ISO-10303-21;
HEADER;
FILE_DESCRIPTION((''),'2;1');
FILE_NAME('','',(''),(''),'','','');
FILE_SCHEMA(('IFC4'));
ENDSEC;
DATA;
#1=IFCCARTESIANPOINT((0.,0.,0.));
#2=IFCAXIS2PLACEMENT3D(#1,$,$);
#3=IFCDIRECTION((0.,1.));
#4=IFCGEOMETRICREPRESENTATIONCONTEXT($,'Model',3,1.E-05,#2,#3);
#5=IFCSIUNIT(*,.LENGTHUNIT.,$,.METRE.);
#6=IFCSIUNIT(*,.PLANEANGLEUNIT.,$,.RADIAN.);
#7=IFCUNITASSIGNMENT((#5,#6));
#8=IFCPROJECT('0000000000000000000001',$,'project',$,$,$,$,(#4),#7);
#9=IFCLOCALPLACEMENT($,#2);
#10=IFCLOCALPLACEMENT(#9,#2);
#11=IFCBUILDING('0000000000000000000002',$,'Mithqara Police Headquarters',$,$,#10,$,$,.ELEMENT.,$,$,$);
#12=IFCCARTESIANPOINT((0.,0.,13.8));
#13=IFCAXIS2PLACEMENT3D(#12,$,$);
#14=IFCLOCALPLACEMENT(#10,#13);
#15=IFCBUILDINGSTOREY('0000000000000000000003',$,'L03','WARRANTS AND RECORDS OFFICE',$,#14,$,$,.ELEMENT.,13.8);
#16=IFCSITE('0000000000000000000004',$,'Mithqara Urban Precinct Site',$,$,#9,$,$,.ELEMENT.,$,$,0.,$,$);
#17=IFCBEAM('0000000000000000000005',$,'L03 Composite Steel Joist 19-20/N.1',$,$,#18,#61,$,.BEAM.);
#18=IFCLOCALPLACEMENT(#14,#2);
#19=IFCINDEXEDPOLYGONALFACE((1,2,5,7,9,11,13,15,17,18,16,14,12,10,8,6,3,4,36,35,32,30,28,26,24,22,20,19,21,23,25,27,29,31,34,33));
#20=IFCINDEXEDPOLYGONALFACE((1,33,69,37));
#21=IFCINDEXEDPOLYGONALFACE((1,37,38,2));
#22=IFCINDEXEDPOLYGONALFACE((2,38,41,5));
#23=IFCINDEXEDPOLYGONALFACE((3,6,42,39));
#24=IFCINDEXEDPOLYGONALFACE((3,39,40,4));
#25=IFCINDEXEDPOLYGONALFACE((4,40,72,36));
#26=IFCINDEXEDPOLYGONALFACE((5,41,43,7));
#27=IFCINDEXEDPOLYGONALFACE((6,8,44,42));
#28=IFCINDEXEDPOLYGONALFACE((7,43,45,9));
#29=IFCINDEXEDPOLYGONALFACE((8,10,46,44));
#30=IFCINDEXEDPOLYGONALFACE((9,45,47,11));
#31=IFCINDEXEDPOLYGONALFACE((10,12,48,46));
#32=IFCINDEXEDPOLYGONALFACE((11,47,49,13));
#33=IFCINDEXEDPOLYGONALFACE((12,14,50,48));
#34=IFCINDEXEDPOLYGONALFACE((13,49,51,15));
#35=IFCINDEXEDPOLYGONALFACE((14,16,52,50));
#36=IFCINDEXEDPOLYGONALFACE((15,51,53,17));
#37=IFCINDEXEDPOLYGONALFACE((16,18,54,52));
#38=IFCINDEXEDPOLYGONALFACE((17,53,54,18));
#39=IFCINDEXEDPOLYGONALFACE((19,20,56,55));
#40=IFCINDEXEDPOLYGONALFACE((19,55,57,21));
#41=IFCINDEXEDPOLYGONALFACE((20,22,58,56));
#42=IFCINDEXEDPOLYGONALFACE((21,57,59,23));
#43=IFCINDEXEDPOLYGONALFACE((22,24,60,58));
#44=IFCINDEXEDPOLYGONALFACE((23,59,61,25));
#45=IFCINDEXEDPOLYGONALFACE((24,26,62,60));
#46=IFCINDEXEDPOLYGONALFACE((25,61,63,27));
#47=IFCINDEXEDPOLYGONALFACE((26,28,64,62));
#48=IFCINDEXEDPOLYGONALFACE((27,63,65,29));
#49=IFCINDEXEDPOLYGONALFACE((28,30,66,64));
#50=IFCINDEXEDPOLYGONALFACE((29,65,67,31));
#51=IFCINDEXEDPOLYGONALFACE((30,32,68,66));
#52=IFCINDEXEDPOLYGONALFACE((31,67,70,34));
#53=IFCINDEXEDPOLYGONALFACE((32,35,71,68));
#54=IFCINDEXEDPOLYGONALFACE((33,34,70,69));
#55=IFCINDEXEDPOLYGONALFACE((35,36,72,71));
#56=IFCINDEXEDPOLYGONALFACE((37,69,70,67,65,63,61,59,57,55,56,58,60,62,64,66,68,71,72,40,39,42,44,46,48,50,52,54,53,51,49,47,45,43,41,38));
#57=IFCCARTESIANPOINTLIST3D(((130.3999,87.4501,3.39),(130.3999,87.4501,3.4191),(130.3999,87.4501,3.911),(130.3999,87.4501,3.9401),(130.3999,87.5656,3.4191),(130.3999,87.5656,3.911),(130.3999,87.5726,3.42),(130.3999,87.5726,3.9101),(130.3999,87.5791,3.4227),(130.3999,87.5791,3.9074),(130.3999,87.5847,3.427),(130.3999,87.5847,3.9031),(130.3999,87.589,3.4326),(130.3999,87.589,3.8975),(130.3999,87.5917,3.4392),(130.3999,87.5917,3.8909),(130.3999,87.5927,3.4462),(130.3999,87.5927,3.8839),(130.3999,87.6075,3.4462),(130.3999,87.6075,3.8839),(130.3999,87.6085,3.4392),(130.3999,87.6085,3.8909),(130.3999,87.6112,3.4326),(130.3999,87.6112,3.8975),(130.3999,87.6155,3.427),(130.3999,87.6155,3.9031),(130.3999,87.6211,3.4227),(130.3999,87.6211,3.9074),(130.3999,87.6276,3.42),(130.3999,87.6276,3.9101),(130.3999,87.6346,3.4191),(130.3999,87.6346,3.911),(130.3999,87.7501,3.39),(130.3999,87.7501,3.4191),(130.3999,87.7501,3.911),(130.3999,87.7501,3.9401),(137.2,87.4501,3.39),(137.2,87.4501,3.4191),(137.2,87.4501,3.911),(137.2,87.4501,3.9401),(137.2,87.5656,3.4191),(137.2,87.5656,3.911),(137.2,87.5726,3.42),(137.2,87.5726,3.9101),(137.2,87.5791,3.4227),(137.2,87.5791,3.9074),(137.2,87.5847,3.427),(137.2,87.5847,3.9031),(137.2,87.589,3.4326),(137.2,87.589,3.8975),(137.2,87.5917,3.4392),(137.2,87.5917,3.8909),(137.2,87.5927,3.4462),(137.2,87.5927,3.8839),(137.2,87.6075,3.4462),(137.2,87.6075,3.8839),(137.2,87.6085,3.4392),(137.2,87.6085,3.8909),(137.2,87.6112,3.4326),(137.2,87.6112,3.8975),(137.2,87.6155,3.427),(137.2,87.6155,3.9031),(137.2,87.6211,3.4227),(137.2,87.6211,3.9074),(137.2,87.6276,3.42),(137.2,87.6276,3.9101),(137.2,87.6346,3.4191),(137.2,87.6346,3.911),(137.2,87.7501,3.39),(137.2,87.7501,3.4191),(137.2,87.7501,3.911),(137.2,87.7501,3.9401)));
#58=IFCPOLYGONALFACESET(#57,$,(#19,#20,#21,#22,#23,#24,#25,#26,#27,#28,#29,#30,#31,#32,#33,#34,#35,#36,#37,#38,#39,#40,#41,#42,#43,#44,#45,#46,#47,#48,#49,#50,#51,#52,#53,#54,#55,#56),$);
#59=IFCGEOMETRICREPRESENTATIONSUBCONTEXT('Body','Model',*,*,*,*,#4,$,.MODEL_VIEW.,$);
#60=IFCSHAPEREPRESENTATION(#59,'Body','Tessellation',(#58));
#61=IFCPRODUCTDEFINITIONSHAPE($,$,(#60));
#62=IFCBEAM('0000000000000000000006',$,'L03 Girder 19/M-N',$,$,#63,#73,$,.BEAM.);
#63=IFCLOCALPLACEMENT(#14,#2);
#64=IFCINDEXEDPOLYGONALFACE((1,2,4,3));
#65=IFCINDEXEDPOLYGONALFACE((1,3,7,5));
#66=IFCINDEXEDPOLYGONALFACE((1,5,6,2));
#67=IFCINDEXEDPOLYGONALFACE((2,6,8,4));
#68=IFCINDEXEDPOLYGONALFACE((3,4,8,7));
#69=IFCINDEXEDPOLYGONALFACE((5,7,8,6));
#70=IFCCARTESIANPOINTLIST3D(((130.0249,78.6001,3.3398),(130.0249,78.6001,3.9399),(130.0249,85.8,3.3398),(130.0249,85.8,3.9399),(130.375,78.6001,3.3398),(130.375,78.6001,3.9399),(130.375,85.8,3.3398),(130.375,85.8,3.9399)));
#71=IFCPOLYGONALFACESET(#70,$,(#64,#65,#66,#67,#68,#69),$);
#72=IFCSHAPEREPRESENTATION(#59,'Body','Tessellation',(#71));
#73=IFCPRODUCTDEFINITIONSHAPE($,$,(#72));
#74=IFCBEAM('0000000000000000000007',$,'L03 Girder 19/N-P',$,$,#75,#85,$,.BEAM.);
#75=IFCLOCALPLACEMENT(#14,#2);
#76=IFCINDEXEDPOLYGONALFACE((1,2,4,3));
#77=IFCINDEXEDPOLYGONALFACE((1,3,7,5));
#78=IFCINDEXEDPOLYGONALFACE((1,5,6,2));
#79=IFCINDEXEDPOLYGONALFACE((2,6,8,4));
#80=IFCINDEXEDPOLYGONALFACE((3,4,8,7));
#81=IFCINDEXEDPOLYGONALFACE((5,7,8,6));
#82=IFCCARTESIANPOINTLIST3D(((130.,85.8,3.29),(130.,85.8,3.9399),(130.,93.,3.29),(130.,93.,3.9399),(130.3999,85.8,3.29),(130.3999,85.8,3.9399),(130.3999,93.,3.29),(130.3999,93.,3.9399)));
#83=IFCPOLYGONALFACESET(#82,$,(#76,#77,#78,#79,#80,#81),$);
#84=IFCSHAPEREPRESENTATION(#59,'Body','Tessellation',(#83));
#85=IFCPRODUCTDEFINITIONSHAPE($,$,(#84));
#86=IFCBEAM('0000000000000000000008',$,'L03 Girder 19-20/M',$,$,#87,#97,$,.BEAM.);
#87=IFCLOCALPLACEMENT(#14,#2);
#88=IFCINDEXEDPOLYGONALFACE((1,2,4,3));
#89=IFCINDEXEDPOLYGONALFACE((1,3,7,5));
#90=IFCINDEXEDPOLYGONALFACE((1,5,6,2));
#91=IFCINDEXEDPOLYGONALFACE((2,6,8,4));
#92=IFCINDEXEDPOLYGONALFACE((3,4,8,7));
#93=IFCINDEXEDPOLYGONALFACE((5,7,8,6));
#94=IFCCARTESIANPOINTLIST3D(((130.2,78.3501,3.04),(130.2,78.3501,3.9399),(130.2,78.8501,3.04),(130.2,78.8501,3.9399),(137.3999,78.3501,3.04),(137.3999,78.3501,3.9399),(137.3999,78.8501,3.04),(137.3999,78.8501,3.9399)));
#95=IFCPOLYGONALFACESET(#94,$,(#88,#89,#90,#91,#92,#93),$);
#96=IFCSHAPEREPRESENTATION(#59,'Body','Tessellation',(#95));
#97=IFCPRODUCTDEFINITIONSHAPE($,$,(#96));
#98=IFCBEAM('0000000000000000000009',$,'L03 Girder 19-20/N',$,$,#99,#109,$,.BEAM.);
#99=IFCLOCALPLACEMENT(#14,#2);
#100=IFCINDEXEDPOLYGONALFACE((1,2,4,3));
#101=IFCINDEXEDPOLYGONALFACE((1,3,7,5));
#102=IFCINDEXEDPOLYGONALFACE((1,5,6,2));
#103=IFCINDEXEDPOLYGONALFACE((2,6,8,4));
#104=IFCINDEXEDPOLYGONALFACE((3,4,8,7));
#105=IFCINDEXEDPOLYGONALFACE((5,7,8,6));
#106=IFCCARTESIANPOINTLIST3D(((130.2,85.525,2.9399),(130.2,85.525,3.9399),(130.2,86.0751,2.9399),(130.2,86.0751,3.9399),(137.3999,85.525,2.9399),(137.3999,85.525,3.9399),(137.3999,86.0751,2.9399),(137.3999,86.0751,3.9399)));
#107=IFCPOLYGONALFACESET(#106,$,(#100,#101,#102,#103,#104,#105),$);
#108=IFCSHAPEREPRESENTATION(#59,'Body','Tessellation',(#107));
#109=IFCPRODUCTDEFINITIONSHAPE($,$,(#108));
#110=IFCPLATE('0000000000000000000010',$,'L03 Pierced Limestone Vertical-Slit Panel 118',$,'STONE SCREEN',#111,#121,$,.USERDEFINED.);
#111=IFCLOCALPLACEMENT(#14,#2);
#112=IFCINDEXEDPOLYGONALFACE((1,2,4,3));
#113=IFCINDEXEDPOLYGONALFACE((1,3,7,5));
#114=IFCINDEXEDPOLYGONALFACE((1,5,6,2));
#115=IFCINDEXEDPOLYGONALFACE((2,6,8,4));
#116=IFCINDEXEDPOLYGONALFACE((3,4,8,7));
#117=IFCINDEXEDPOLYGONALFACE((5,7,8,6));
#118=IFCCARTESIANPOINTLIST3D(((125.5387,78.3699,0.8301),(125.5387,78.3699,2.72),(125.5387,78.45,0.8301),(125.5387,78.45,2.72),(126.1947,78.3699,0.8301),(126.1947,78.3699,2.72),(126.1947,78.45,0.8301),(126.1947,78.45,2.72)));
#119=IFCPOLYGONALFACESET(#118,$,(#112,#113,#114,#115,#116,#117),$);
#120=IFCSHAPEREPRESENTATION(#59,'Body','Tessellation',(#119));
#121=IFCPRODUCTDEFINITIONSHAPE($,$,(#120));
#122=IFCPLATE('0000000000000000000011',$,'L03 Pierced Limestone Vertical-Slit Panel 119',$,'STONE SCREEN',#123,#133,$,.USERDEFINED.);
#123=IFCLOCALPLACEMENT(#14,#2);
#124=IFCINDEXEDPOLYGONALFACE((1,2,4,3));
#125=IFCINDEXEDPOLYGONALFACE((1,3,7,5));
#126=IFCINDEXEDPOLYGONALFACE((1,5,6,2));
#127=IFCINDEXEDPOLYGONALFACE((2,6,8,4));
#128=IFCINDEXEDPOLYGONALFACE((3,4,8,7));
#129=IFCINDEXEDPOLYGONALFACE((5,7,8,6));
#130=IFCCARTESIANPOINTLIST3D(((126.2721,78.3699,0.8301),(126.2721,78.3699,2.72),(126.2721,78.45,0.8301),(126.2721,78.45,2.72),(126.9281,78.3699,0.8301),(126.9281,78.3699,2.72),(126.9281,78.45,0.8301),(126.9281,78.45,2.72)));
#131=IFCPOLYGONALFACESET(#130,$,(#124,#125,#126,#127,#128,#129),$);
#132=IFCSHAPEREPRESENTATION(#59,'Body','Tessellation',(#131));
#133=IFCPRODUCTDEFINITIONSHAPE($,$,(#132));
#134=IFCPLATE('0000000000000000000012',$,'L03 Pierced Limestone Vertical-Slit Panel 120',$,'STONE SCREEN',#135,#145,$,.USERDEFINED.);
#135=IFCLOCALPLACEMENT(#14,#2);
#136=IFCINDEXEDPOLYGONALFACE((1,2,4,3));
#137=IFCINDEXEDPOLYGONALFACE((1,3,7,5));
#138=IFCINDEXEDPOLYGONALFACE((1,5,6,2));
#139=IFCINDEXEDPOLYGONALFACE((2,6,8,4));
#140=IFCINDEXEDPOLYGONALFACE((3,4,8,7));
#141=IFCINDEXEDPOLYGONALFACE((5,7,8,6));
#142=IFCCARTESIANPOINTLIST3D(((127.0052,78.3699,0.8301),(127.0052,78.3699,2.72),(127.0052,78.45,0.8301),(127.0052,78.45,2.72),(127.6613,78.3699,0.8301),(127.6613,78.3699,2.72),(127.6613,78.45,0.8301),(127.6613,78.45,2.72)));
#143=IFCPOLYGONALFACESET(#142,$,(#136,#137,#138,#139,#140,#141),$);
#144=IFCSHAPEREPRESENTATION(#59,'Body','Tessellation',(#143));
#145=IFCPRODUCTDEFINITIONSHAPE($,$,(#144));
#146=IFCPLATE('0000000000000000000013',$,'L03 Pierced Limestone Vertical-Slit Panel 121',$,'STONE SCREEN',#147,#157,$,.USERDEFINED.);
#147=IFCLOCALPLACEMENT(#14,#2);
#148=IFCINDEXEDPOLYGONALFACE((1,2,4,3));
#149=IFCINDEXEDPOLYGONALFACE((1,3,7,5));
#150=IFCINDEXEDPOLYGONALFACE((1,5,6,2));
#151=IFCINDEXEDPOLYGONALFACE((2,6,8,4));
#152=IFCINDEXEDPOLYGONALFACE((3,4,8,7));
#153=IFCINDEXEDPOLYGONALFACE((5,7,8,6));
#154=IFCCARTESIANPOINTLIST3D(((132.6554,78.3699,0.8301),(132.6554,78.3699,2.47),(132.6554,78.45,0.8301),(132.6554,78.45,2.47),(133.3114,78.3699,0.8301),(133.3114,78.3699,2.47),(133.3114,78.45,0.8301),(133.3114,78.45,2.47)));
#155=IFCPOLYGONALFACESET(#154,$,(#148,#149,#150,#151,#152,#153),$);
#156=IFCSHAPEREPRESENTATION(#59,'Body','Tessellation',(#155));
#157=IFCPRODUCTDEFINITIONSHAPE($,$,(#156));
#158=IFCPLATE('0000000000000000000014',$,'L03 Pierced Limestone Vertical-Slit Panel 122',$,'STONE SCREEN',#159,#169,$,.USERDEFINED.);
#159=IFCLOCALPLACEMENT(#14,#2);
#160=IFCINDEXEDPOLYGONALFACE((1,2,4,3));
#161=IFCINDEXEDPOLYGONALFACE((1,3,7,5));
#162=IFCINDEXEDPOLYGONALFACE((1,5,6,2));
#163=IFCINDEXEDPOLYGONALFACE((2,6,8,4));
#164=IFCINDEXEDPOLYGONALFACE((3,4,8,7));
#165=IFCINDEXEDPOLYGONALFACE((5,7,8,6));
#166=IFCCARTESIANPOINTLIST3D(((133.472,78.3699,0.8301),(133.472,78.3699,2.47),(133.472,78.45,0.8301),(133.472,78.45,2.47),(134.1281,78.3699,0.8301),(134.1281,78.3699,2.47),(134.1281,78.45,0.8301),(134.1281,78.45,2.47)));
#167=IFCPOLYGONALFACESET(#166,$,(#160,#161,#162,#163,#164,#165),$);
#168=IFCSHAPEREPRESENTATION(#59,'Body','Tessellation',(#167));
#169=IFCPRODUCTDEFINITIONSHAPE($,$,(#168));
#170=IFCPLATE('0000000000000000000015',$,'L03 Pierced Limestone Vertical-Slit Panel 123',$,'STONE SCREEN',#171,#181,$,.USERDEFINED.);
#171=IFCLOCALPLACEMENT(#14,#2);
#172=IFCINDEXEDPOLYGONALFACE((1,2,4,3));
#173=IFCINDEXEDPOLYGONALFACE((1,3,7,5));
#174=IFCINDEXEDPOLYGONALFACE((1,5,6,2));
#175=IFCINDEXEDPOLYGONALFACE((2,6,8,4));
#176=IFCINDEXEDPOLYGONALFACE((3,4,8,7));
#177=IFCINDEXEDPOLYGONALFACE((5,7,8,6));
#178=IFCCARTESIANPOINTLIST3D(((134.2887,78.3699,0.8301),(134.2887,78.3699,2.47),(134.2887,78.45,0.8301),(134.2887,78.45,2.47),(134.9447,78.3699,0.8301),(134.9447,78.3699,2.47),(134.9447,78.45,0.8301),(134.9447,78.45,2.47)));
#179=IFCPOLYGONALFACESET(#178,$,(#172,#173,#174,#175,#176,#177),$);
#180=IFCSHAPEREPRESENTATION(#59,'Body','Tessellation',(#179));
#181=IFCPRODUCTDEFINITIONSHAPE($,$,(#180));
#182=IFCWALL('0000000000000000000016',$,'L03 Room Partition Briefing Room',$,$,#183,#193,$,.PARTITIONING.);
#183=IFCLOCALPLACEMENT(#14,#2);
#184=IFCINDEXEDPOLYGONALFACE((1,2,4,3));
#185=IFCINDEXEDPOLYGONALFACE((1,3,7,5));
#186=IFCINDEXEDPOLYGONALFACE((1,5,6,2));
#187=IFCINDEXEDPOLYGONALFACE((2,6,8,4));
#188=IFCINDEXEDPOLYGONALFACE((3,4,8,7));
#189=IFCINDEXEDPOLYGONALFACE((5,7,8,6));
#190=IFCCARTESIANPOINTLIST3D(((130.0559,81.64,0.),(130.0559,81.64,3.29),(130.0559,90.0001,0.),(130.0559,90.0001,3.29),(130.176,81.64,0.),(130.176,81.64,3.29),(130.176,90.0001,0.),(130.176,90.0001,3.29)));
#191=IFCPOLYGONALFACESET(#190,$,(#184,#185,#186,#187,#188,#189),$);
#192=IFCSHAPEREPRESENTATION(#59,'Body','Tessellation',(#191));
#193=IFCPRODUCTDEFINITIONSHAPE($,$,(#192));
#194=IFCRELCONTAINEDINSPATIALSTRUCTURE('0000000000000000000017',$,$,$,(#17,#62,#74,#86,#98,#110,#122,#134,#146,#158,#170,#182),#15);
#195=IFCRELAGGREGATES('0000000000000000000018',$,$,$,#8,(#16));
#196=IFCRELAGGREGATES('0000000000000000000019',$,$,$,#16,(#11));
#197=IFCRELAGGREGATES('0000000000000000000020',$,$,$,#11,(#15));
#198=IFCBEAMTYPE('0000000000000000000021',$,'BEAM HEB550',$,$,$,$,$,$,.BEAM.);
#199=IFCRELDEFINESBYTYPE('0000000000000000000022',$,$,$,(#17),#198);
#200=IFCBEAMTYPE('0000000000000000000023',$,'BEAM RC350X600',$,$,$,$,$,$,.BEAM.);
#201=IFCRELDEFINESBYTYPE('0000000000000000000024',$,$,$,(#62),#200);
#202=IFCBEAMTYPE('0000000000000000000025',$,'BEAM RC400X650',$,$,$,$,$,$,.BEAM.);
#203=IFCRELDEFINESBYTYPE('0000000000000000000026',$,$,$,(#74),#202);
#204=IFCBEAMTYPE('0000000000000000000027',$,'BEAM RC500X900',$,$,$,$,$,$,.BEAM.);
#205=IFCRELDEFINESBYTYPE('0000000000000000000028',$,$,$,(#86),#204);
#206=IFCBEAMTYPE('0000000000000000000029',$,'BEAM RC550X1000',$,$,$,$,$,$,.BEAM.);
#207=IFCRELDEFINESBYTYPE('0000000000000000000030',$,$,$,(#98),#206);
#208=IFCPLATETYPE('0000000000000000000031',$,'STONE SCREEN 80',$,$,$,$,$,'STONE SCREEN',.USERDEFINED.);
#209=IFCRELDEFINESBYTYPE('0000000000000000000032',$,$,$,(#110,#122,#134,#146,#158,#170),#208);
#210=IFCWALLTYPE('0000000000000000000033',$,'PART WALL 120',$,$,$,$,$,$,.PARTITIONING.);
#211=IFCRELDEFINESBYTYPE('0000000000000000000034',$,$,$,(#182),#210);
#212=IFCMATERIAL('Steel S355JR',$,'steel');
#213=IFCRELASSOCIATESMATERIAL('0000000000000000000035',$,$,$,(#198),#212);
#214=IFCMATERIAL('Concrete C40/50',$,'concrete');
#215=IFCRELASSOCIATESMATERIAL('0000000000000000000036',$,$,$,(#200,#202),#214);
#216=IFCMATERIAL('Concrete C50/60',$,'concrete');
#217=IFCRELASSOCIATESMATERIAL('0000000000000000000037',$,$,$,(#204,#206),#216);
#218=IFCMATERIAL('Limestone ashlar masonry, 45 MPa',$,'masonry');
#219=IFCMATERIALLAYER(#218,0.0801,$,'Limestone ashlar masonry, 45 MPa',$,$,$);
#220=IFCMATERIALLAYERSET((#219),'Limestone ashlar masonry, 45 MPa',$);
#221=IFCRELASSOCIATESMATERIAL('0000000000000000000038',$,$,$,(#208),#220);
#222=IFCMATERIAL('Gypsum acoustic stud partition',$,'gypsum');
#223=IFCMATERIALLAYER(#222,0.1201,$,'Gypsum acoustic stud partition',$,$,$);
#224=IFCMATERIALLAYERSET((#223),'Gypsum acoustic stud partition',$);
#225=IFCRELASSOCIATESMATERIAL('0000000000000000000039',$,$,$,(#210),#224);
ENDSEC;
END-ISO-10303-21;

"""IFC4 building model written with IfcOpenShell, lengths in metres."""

from ifc_helpers import new_model, si_unit, direction, frame, frame_2d, origin, origin_2d, place, context, subcontext, project, spatial, rectangle, i_section, extrude, material, layer, layer_set, material_profile, profile_set, type_object, element, save


model = new_model("IFC4")

# Units and contexts
model_context = context("Model", 3, precision=1e-05, world=origin(), true_north=direction((0.0, 1.0)))
body_context = subcontext(model_context, "Body", "Model", "MODEL_VIEW")
ifc_project = project(units=[si_unit("LENGTHUNIT", "METRE"), si_unit("PLANEANGLEUNIT", "RADIAN")], contexts=[model_context])

# Site, building, storey
site_placement = place(None, origin())
site = spatial("IfcSite", under=ifc_project, at=site_placement, Name="Mithqara Urban Precinct Site", CompositionType="ELEMENT", RefElevation=0.0)
building_placement = place(site_placement, origin())
building = spatial("IfcBuilding", under=site, at=building_placement, Name="Mithqara Police Headquarters", CompositionType="ELEMENT")
storey_placement = place(building_placement, frame((0.0, 0.0, 13.8)))
storey = spatial("IfcBuildingStorey", under=building, at=storey_placement, Name="L03", Description="WARRANTS AND RECORDS OFFICE", CompositionType="ELEMENT", Elevation=13.8)

# Shared definitions
ifc_material_1 = material(Name="Concrete C50/60", Category="concrete")

# Beams
ifc_material_2 = material(Name="Steel S355JR", Category="steel")
ifc_material_profile_1 = material_profile(ifc_material_2, i_section(OverallWidth=0.3, OverallDepth=0.55, WebThickness=0.0149, FlangeThickness=0.0291, FilletRadius=0.0271, at=origin_2d()), Name="HEB 550")
ifc_profile_set_1 = profile_set([ifc_material_profile_1], Name="Steel S355JR")
beam_type_1 = type_object("IfcBeamType", Name="BEAM HEB550", PredefinedType="BEAM", material=ifc_profile_set_1)
beam_1_placement = place(storey_placement, frame((130.3999, 87.6001, 3.665), z_axis=(1.0, 0.0, 0.0), x_axis=(0.0, 1.0, 0.0)))
element("IfcBeam", 1, at=beam_1_placement, inside=storey, type_object=beam_type_1, Name="L03 Composite Steel Joist 19-20/N.1", PredefinedType="BEAM", context=body_context, shape_type="SweptSolid", body=[
    extrude(i_section(OverallWidth=0.3, OverallDepth=0.55, WebThickness=0.0149, FlangeThickness=0.0291, FilletRadius=0.0271, at=origin_2d()), origin(), (0.0, 0.0, 1.0), 6.8),
])
ifc_material_3 = material(Name="Concrete C40/50", Category="concrete")
ifc_material_profile_2 = material_profile(ifc_material_3, rectangle(XDim=0.3501, YDim=0.6001, at=origin_2d()), Name="RC 350x600")
ifc_profile_set_2 = profile_set([ifc_material_profile_2], Name="Concrete C40/50")
beam_type_2 = type_object("IfcBeamType", Name="BEAM RC350X600", PredefinedType="BEAM", material=ifc_profile_set_2)
beam_2_placement = place(storey_placement, frame((130.2, 78.6001, 3.6399), z_axis=(0.0, 1.0, 0.0), x_axis=(-1.0, 0.0, 0.0)))
element("IfcBeam", 2, at=beam_2_placement, inside=storey, type_object=beam_type_2, Name="L03 Girder 19/M-N", PredefinedType="BEAM", context=body_context, shape_type="SweptSolid", body=[
    extrude(rectangle(XDim=0.3501, YDim=0.6001, at=origin_2d()), origin(), (0.0, 0.0, 1.0), 7.2),
])
ifc_material_profile_3 = material_profile(ifc_material_3, rectangle(XDim=0.3999, YDim=0.6499, at=origin_2d()), Name="RC 400x650")
ifc_profile_set_3 = profile_set([ifc_material_profile_3], Name="Concrete C40/50")
beam_type_3 = type_object("IfcBeamType", Name="BEAM RC400X650", PredefinedType="BEAM", material=ifc_profile_set_3)
beam_3_placement = place(storey_placement, frame((130.2, 85.8, 3.615), z_axis=(0.0, 1.0, 0.0), x_axis=(-1.0, 0.0, 0.0)))
element("IfcBeam", 3, at=beam_3_placement, inside=storey, type_object=beam_type_3, Name="L03 Girder 19/N-P", PredefinedType="BEAM", context=body_context, shape_type="SweptSolid", body=[
    extrude(rectangle(XDim=0.3999, YDim=0.6499, at=origin_2d()), origin(), (0.0, 0.0, 1.0), 7.2),
])
ifc_material_profile_4 = material_profile(ifc_material_1, rectangle(XDim=0.5, YDim=0.8999, at=origin_2d()), Name="RC 500x900")
ifc_profile_set_4 = profile_set([ifc_material_profile_4], Name="Concrete C50/60")
beam_type_4 = type_object("IfcBeamType", Name="BEAM RC500X900", PredefinedType="BEAM", material=ifc_profile_set_4)
beam_4_placement = place(storey_placement, frame((130.2, 78.6001, 3.49), z_axis=(1.0, 0.0, 0.0), x_axis=(0.0, 1.0, 0.0)))
element("IfcBeam", 4, at=beam_4_placement, inside=storey, type_object=beam_type_4, Name="L03 Girder 19-20/M", PredefinedType="BEAM", context=body_context, shape_type="SweptSolid", body=[
    extrude(rectangle(XDim=0.5, YDim=0.8999, at=origin_2d()), origin(), (0.0, 0.0, 1.0), 7.2),
])
ifc_material_profile_5 = material_profile(ifc_material_1, rectangle(XDim=0.55, YDim=1.0, at=origin_2d()), Name="RC 550x1000")
ifc_profile_set_5 = profile_set([ifc_material_profile_5], Name="Concrete C50/60")
beam_type_5 = type_object("IfcBeamType", Name="BEAM RC550X1000", PredefinedType="BEAM", material=ifc_profile_set_5)
beam_5_placement = place(storey_placement, frame((130.2, 85.8, 3.4399), z_axis=(1.0, 0.0, 0.0), x_axis=(0.0, 1.0, 0.0)))
element("IfcBeam", 5, at=beam_5_placement, inside=storey, type_object=beam_type_5, Name="L03 Girder 19-20/N", PredefinedType="BEAM", context=body_context, shape_type="SweptSolid", body=[
    extrude(rectangle(XDim=0.55, YDim=1.0, at=origin_2d()), origin(), (0.0, 0.0, 1.0), 7.2),
])

# Plates
ifc_material_4 = material(Name="Limestone ashlar masonry, 45 MPa", Category="masonry")
ifc_layer_1 = layer(ifc_material_4, 0.0801, Name="Limestone ashlar masonry, 45 MPa")
ifc_layer_set_1 = layer_set([ifc_layer_1], Name="Limestone ashlar masonry, 45 MPa")
plate_type = type_object("IfcPlateType", Name="STONE SCREEN 80", ElementType="STONE SCREEN", PredefinedType="USERDEFINED", material=ifc_layer_set_1)
for number, where, z_axis, x_axis, name in (
    (6, (125.8667, 78.4099, 0.8301), (0.0, 0.0, 1.0), (1.0, 0.0, 0.0), "L03 Pierced Limestone Vertical-Slit Panel 118"),
    (7, (126.6001, 78.4099, 0.8301), (0.0, 0.0, 1.0), (1.0, 0.0, 0.0), "L03 Pierced Limestone Vertical-Slit Panel 119"),
    (8, (127.3333, 78.4099, 0.8301), (0.0, 0.0, 1.0), (1.0, 0.0, 0.0), "L03 Pierced Limestone Vertical-Slit Panel 120"),
):
    element("IfcPlate", number, at=place(storey_placement, frame(where, z_axis=z_axis, x_axis=x_axis)), inside=storey, type_object=plate_type, Name=name, ObjectType="STONE SCREEN", PredefinedType="USERDEFINED", context=body_context, shape_type="SweptSolid", body=[
        extrude(rectangle(XDim=0.656, YDim=0.0801, at=origin_2d()), origin(), (0.0, 0.0, 1.0), 1.8899),
    ])
for number, where, z_axis, x_axis, name in (
    (9, (132.9834, 78.4099, 0.8301), (0.0, 0.0, 1.0), (1.0, 0.0, 0.0), "L03 Pierced Limestone Vertical-Slit Panel 121"),
    (10, (133.8, 78.4099, 0.8301), (0.0, 0.0, 1.0), (1.0, 0.0, 0.0), "L03 Pierced Limestone Vertical-Slit Panel 122"),
    (11, (134.6167, 78.4099, 0.8301), (0.0, 0.0, 1.0), (1.0, 0.0, 0.0), "L03 Pierced Limestone Vertical-Slit Panel 123"),
):
    element("IfcPlate", number, at=place(storey_placement, frame(where, z_axis=z_axis, x_axis=x_axis)), inside=storey, type_object=plate_type, Name=name, ObjectType="STONE SCREEN", PredefinedType="USERDEFINED", context=body_context, shape_type="SweptSolid", body=[
        extrude(rectangle(XDim=0.656, YDim=0.0801, at=origin_2d()), origin(), (0.0, 0.0, 1.0), 1.6399),
    ])

# Wall
ifc_material_5 = material(Name="Gypsum acoustic stud partition", Category="gypsum")
ifc_layer_2 = layer(ifc_material_5, 0.1201, Name="Gypsum acoustic stud partition")
ifc_layer_set_2 = layer_set([ifc_layer_2], Name="Gypsum acoustic stud partition")
wall_type = type_object("IfcWallType", Name="PART WALL 120", PredefinedType="PARTITIONING", material=ifc_layer_set_2)
wall_1_placement = place(storey_placement, frame((130.116, 81.6399, 0.0), z_axis=(0.0, 0.0, 1.0), x_axis=(0.0, 1.0, 0.0)))
element("IfcWall", 12, at=wall_1_placement, inside=storey, type_object=wall_type, Name="L03 Room Partition Briefing Room", PredefinedType="PARTITIONING", context=body_context, shape_type="SweptSolid", body=[
    extrude(rectangle(XDim=8.3601, YDim=0.1201, at=frame_2d((4.1802, 0.0))), origin(), (0.0, 0.0, 1.0), 3.29),
])

save(model, "model.ifc")
